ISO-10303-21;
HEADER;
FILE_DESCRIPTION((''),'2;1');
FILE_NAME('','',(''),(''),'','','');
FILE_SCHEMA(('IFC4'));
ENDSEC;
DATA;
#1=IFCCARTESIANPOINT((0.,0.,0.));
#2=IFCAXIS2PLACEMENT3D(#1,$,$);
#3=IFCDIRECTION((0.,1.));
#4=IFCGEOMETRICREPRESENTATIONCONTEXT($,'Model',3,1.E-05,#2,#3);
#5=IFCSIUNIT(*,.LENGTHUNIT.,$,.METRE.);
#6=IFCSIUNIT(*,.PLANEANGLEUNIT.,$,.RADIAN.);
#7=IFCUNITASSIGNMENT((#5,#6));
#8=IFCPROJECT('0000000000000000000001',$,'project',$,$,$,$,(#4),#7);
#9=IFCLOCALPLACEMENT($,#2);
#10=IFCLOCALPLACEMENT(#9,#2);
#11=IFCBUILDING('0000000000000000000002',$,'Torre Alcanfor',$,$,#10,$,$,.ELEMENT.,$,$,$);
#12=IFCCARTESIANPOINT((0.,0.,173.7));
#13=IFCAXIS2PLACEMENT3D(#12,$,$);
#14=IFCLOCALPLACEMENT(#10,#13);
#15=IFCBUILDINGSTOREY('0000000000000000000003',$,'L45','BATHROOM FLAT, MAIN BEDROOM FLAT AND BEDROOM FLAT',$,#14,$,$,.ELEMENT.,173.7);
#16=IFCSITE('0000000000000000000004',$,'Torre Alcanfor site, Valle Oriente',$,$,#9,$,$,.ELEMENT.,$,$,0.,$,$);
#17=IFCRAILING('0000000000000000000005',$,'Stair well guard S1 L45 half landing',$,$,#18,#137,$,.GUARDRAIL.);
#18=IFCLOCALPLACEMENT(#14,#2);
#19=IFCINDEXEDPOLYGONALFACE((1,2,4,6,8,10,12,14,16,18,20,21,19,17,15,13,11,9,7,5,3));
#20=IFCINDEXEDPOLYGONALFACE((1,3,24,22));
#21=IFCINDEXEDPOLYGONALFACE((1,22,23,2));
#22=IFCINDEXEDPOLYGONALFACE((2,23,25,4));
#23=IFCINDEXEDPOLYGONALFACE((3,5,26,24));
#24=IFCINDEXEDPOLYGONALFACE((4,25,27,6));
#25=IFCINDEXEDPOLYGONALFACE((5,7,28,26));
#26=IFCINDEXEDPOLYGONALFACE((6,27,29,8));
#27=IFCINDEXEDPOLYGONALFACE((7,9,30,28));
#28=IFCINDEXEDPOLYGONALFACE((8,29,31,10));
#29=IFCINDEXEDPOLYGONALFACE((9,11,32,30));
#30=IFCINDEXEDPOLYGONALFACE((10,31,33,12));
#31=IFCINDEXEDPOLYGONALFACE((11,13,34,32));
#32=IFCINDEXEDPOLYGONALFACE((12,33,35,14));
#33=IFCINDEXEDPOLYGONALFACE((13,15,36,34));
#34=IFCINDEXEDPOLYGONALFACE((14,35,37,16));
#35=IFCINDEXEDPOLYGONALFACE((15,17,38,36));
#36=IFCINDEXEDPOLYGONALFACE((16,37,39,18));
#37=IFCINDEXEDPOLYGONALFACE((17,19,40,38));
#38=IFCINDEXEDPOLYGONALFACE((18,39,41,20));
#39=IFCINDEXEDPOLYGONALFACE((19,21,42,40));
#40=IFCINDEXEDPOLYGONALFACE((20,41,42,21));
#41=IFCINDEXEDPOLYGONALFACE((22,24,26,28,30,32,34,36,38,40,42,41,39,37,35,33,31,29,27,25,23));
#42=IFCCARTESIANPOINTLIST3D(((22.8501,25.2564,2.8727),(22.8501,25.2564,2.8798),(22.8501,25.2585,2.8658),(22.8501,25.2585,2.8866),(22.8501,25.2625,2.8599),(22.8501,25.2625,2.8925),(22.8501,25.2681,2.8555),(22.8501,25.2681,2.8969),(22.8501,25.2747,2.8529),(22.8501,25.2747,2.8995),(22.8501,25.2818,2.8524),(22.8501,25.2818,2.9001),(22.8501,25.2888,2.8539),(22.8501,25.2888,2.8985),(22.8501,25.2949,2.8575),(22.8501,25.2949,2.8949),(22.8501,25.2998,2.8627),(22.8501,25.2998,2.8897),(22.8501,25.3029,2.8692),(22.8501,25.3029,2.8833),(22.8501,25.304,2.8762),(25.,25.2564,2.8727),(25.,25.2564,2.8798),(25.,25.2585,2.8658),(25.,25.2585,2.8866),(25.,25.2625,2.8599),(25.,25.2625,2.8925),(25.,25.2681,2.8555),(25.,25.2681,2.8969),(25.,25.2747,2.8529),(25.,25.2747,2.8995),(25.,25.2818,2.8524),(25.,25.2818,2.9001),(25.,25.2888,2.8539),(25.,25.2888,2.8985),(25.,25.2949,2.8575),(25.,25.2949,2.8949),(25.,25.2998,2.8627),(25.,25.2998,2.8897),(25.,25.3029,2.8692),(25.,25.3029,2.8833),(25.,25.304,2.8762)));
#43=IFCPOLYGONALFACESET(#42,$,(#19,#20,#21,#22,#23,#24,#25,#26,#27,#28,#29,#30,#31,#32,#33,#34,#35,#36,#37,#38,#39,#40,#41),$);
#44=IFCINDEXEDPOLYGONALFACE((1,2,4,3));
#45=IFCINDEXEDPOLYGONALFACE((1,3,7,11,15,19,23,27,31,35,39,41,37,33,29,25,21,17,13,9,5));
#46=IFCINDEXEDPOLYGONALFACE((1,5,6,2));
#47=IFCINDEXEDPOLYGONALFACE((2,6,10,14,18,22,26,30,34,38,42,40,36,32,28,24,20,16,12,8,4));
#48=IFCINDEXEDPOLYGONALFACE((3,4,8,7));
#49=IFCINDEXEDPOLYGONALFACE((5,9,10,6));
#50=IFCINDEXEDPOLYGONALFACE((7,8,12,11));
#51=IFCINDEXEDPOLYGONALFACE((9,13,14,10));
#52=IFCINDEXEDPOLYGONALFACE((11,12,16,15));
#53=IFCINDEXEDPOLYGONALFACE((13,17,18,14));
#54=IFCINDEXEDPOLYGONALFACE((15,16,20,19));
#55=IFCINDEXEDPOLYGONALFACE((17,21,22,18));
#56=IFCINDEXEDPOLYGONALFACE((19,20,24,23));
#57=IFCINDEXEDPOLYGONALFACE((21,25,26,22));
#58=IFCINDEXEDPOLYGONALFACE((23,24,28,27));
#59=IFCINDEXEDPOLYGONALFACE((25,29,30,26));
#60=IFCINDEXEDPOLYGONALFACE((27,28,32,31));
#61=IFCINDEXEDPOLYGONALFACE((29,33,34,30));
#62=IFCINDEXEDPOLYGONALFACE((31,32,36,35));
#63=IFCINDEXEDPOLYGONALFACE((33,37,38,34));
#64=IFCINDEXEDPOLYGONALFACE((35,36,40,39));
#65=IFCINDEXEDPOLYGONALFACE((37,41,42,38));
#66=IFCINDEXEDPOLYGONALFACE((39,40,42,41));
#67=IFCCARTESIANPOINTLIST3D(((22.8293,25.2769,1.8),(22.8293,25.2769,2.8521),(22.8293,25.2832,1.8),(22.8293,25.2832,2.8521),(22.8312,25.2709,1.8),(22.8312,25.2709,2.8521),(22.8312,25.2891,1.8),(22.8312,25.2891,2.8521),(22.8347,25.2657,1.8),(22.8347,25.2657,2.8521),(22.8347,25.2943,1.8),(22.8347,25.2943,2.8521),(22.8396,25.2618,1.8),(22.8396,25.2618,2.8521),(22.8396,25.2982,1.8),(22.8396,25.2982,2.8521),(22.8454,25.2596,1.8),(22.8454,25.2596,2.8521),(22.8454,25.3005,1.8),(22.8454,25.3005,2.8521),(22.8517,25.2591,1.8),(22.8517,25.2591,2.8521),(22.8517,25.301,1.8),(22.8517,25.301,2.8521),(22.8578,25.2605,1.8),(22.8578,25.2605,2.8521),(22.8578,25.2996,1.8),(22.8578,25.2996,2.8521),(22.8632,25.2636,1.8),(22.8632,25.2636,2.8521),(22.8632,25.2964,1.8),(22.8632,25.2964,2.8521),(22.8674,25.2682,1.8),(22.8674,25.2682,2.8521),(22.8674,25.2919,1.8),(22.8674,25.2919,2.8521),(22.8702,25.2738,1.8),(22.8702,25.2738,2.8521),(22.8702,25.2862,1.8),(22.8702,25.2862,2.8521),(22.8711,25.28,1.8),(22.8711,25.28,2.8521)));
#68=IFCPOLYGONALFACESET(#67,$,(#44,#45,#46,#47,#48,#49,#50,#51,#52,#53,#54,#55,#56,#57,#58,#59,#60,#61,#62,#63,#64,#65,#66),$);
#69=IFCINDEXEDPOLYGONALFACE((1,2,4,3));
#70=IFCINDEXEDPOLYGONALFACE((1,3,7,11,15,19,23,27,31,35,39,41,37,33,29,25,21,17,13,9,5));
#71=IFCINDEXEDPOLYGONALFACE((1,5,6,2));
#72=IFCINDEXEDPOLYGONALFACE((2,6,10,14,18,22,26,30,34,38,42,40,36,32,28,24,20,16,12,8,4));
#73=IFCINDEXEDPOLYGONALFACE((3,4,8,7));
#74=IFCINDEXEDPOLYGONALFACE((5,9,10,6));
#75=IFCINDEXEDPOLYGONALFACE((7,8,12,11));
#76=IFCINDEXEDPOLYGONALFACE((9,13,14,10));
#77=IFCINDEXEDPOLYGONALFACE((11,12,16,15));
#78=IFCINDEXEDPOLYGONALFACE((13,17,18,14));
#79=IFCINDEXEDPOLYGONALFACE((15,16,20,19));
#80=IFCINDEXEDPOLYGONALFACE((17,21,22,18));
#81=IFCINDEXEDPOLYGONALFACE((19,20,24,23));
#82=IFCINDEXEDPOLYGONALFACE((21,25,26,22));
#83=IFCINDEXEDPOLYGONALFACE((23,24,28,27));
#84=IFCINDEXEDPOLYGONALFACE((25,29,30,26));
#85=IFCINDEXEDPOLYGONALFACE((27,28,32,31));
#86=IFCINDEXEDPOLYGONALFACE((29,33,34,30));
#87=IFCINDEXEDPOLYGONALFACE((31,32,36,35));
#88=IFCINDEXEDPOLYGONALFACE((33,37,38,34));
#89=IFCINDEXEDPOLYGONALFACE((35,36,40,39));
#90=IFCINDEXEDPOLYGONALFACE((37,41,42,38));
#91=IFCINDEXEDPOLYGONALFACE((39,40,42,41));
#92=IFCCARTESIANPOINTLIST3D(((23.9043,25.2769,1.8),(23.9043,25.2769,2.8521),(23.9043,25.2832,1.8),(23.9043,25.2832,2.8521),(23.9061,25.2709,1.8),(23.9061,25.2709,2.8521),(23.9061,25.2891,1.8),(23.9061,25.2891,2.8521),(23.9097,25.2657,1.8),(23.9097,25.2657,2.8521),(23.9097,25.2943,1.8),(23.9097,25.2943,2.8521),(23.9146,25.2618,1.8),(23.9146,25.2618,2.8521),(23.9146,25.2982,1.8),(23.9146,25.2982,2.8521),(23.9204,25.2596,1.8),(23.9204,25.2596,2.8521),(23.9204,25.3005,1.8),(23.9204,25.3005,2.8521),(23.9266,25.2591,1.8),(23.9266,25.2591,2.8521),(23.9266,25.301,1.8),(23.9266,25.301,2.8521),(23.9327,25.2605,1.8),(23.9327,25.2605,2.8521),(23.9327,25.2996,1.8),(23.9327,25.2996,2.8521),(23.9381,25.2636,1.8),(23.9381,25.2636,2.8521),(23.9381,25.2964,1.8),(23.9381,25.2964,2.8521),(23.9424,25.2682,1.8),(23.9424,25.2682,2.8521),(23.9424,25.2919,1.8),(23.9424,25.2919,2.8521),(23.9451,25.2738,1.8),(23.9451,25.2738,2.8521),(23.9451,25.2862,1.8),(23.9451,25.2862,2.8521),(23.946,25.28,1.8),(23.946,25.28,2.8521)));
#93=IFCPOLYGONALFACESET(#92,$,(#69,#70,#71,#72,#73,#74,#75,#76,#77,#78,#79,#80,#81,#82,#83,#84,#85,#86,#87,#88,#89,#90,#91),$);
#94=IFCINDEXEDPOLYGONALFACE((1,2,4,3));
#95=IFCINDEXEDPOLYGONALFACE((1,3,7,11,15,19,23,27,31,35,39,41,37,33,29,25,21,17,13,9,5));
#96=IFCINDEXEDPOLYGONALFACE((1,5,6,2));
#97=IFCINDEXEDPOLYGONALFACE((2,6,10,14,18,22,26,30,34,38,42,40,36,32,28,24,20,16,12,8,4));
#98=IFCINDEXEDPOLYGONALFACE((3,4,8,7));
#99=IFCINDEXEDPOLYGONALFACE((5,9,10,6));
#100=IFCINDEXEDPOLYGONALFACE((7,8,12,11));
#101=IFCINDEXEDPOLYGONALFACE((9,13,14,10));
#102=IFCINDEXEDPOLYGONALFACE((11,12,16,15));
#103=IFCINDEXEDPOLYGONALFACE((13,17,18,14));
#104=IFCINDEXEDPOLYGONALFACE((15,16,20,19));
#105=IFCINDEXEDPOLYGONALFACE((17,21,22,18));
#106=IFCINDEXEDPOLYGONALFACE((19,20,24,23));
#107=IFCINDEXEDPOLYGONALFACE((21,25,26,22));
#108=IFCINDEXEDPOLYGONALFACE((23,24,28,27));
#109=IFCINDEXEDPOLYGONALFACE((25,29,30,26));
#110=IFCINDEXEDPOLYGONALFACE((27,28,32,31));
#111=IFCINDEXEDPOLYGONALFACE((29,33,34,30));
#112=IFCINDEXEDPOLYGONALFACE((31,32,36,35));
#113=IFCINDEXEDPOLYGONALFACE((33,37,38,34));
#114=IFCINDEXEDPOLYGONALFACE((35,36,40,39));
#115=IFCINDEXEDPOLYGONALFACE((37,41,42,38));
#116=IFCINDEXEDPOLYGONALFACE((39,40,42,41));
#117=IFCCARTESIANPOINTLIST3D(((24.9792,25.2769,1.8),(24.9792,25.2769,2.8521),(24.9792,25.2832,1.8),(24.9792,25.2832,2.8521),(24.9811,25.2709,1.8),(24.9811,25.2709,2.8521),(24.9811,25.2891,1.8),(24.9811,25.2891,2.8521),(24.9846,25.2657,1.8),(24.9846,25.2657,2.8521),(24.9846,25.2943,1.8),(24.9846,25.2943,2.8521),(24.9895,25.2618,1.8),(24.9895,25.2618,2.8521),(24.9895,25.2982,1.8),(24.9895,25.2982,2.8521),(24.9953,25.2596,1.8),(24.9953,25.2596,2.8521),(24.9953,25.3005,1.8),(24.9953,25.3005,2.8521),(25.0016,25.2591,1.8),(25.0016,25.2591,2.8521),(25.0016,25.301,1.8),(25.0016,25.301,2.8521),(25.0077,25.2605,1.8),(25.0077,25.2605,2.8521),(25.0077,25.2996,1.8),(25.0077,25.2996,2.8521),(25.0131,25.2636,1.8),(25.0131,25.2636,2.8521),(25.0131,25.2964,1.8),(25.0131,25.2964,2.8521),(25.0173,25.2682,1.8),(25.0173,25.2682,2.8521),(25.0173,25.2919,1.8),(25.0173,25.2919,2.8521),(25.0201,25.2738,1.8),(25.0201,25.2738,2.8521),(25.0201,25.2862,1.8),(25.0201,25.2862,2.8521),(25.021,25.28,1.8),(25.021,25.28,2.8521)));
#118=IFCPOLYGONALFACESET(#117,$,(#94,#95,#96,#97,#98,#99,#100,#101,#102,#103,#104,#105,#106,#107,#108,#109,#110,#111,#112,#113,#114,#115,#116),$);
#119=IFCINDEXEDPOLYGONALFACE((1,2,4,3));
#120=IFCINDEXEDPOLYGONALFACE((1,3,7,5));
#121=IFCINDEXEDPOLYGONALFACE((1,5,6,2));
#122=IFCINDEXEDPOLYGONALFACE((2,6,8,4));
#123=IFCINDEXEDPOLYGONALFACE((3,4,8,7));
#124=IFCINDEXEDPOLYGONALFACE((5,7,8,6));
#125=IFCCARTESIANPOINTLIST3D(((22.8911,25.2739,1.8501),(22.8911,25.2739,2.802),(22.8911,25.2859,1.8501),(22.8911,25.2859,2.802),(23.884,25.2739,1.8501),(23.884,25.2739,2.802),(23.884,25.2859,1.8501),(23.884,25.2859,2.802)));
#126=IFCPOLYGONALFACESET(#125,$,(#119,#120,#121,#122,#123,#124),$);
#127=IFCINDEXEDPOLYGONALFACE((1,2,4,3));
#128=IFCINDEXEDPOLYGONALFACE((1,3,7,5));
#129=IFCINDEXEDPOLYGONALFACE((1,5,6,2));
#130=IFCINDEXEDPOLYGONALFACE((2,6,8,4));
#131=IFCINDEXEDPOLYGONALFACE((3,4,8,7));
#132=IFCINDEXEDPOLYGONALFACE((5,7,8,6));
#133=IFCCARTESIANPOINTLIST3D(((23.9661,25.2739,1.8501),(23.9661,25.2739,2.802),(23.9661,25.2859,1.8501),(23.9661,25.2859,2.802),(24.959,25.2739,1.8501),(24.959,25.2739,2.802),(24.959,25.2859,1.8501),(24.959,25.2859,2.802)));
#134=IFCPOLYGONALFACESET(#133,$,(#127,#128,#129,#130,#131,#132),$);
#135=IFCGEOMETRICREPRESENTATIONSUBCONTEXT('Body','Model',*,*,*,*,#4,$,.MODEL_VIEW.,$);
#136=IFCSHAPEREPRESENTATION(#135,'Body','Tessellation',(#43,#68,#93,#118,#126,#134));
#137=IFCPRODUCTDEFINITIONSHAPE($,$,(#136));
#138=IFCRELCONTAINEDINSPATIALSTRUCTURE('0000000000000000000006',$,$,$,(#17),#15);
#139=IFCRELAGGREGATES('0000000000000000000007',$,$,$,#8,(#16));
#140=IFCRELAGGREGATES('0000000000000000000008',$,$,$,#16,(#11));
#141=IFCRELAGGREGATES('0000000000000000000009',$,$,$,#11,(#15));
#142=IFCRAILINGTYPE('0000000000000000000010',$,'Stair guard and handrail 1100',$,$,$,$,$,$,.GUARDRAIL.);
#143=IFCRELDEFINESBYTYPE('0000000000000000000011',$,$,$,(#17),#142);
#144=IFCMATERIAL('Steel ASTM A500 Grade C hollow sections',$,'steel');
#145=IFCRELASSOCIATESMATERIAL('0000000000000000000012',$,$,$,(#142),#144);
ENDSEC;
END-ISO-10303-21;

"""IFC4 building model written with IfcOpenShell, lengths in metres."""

from ifc_helpers import new_model, si_unit, direction, frame, origin, origin_2d, place, context, subcontext, project, spatial, polyline, circle, outline, extrude, material, type_object, element, save


model = new_model("IFC4")

# Units and contexts
model_context = context("Model", 3, precision=1e-05, world=origin(), true_north=direction((0.0, 1.0)))
body_context = subcontext(model_context, "Body", "Model", "MODEL_VIEW")
ifc_project = project(units=[si_unit("LENGTHUNIT", "METRE"), si_unit("PLANEANGLEUNIT", "RADIAN")], contexts=[model_context])

# Site, building, storey
site_placement = place(None, origin())
site = spatial("IfcSite", under=ifc_project, at=site_placement, Name="Torre Alcanfor site, Valle Oriente", CompositionType="ELEMENT", RefElevation=0.0)
building_placement = place(site_placement, origin())
building = spatial("IfcBuilding", under=site, at=building_placement, Name="Torre Alcanfor", CompositionType="ELEMENT")
storey_placement = place(building_placement, frame((0.0, 0.0, 173.7)))
storey = spatial("IfcBuildingStorey", under=building, at=storey_placement, Name="L45", Description="BATHROOM FLAT, MAIN BEDROOM FLAT AND BEDROOM FLAT", CompositionType="ELEMENT", Elevation=173.7)

# Railing
ifc_material_1 = material(Name="Steel ASTM A500 Grade C hollow sections", Category="steel")
railing_type_1 = type_object("IfcRailingType", Name="Stair guard and handrail 1100", PredefinedType="GUARDRAIL", material=ifc_material_1)
railing_1_placement = place(storey_placement, frame((22.8501, 25.28, 1.8)))
element("IfcRailing", 1, at=railing_1_placement, inside=storey, type_object=railing_type_1, Name="Stair well guard S1 L45 half landing", PredefinedType="GUARDRAIL", context=body_context, shape_type="SweptSolid", body=[
    extrude(circle(Radius=0.0239, at=origin_2d()), frame((0.0, 0.0, 1.0762), z_axis=(1.0, 0.0, 0.0), x_axis=(0.0, 1.0, 0.0)), (0.0, 0.0, 1.0), 2.1499),
    extrude(circle(Radius=0.021, at=origin_2d()), origin(), (0.0, 0.0, 1.0), 1.052),
    extrude(circle(Radius=0.021, at=origin_2d()), frame((1.075, 0.0, 0.0)), (0.0, 0.0, 1.0), 1.052),
    extrude(circle(Radius=0.021, at=origin_2d()), frame((2.1499, 0.0, 0.0)), (0.0, 0.0, 1.0), 1.052),
    extrude(outline(polyline([(0.041, 0.05), (1.0339, 0.05), (1.0339, 1.002), (0.041, 1.002), (0.041, 0.05)])), frame((0.0, 0.0059, 0.0), z_axis=(0.0, -1.0, 0.0), x_axis=(1.0, 0.0, 0.0)), (0.0, 0.0, 1.0), 0.012),
    extrude(outline(polyline([(1.116, 0.05), (2.1089, 0.05), (2.1089, 1.002), (1.116, 1.002), (1.116, 0.05)])), frame((0.0, 0.0059, 0.0), z_axis=(0.0, -1.0, 0.0), x_axis=(1.0, 0.0, 0.0)), (0.0, 0.0, 1.0), 0.012),
])

save(model, "model.ifc")
